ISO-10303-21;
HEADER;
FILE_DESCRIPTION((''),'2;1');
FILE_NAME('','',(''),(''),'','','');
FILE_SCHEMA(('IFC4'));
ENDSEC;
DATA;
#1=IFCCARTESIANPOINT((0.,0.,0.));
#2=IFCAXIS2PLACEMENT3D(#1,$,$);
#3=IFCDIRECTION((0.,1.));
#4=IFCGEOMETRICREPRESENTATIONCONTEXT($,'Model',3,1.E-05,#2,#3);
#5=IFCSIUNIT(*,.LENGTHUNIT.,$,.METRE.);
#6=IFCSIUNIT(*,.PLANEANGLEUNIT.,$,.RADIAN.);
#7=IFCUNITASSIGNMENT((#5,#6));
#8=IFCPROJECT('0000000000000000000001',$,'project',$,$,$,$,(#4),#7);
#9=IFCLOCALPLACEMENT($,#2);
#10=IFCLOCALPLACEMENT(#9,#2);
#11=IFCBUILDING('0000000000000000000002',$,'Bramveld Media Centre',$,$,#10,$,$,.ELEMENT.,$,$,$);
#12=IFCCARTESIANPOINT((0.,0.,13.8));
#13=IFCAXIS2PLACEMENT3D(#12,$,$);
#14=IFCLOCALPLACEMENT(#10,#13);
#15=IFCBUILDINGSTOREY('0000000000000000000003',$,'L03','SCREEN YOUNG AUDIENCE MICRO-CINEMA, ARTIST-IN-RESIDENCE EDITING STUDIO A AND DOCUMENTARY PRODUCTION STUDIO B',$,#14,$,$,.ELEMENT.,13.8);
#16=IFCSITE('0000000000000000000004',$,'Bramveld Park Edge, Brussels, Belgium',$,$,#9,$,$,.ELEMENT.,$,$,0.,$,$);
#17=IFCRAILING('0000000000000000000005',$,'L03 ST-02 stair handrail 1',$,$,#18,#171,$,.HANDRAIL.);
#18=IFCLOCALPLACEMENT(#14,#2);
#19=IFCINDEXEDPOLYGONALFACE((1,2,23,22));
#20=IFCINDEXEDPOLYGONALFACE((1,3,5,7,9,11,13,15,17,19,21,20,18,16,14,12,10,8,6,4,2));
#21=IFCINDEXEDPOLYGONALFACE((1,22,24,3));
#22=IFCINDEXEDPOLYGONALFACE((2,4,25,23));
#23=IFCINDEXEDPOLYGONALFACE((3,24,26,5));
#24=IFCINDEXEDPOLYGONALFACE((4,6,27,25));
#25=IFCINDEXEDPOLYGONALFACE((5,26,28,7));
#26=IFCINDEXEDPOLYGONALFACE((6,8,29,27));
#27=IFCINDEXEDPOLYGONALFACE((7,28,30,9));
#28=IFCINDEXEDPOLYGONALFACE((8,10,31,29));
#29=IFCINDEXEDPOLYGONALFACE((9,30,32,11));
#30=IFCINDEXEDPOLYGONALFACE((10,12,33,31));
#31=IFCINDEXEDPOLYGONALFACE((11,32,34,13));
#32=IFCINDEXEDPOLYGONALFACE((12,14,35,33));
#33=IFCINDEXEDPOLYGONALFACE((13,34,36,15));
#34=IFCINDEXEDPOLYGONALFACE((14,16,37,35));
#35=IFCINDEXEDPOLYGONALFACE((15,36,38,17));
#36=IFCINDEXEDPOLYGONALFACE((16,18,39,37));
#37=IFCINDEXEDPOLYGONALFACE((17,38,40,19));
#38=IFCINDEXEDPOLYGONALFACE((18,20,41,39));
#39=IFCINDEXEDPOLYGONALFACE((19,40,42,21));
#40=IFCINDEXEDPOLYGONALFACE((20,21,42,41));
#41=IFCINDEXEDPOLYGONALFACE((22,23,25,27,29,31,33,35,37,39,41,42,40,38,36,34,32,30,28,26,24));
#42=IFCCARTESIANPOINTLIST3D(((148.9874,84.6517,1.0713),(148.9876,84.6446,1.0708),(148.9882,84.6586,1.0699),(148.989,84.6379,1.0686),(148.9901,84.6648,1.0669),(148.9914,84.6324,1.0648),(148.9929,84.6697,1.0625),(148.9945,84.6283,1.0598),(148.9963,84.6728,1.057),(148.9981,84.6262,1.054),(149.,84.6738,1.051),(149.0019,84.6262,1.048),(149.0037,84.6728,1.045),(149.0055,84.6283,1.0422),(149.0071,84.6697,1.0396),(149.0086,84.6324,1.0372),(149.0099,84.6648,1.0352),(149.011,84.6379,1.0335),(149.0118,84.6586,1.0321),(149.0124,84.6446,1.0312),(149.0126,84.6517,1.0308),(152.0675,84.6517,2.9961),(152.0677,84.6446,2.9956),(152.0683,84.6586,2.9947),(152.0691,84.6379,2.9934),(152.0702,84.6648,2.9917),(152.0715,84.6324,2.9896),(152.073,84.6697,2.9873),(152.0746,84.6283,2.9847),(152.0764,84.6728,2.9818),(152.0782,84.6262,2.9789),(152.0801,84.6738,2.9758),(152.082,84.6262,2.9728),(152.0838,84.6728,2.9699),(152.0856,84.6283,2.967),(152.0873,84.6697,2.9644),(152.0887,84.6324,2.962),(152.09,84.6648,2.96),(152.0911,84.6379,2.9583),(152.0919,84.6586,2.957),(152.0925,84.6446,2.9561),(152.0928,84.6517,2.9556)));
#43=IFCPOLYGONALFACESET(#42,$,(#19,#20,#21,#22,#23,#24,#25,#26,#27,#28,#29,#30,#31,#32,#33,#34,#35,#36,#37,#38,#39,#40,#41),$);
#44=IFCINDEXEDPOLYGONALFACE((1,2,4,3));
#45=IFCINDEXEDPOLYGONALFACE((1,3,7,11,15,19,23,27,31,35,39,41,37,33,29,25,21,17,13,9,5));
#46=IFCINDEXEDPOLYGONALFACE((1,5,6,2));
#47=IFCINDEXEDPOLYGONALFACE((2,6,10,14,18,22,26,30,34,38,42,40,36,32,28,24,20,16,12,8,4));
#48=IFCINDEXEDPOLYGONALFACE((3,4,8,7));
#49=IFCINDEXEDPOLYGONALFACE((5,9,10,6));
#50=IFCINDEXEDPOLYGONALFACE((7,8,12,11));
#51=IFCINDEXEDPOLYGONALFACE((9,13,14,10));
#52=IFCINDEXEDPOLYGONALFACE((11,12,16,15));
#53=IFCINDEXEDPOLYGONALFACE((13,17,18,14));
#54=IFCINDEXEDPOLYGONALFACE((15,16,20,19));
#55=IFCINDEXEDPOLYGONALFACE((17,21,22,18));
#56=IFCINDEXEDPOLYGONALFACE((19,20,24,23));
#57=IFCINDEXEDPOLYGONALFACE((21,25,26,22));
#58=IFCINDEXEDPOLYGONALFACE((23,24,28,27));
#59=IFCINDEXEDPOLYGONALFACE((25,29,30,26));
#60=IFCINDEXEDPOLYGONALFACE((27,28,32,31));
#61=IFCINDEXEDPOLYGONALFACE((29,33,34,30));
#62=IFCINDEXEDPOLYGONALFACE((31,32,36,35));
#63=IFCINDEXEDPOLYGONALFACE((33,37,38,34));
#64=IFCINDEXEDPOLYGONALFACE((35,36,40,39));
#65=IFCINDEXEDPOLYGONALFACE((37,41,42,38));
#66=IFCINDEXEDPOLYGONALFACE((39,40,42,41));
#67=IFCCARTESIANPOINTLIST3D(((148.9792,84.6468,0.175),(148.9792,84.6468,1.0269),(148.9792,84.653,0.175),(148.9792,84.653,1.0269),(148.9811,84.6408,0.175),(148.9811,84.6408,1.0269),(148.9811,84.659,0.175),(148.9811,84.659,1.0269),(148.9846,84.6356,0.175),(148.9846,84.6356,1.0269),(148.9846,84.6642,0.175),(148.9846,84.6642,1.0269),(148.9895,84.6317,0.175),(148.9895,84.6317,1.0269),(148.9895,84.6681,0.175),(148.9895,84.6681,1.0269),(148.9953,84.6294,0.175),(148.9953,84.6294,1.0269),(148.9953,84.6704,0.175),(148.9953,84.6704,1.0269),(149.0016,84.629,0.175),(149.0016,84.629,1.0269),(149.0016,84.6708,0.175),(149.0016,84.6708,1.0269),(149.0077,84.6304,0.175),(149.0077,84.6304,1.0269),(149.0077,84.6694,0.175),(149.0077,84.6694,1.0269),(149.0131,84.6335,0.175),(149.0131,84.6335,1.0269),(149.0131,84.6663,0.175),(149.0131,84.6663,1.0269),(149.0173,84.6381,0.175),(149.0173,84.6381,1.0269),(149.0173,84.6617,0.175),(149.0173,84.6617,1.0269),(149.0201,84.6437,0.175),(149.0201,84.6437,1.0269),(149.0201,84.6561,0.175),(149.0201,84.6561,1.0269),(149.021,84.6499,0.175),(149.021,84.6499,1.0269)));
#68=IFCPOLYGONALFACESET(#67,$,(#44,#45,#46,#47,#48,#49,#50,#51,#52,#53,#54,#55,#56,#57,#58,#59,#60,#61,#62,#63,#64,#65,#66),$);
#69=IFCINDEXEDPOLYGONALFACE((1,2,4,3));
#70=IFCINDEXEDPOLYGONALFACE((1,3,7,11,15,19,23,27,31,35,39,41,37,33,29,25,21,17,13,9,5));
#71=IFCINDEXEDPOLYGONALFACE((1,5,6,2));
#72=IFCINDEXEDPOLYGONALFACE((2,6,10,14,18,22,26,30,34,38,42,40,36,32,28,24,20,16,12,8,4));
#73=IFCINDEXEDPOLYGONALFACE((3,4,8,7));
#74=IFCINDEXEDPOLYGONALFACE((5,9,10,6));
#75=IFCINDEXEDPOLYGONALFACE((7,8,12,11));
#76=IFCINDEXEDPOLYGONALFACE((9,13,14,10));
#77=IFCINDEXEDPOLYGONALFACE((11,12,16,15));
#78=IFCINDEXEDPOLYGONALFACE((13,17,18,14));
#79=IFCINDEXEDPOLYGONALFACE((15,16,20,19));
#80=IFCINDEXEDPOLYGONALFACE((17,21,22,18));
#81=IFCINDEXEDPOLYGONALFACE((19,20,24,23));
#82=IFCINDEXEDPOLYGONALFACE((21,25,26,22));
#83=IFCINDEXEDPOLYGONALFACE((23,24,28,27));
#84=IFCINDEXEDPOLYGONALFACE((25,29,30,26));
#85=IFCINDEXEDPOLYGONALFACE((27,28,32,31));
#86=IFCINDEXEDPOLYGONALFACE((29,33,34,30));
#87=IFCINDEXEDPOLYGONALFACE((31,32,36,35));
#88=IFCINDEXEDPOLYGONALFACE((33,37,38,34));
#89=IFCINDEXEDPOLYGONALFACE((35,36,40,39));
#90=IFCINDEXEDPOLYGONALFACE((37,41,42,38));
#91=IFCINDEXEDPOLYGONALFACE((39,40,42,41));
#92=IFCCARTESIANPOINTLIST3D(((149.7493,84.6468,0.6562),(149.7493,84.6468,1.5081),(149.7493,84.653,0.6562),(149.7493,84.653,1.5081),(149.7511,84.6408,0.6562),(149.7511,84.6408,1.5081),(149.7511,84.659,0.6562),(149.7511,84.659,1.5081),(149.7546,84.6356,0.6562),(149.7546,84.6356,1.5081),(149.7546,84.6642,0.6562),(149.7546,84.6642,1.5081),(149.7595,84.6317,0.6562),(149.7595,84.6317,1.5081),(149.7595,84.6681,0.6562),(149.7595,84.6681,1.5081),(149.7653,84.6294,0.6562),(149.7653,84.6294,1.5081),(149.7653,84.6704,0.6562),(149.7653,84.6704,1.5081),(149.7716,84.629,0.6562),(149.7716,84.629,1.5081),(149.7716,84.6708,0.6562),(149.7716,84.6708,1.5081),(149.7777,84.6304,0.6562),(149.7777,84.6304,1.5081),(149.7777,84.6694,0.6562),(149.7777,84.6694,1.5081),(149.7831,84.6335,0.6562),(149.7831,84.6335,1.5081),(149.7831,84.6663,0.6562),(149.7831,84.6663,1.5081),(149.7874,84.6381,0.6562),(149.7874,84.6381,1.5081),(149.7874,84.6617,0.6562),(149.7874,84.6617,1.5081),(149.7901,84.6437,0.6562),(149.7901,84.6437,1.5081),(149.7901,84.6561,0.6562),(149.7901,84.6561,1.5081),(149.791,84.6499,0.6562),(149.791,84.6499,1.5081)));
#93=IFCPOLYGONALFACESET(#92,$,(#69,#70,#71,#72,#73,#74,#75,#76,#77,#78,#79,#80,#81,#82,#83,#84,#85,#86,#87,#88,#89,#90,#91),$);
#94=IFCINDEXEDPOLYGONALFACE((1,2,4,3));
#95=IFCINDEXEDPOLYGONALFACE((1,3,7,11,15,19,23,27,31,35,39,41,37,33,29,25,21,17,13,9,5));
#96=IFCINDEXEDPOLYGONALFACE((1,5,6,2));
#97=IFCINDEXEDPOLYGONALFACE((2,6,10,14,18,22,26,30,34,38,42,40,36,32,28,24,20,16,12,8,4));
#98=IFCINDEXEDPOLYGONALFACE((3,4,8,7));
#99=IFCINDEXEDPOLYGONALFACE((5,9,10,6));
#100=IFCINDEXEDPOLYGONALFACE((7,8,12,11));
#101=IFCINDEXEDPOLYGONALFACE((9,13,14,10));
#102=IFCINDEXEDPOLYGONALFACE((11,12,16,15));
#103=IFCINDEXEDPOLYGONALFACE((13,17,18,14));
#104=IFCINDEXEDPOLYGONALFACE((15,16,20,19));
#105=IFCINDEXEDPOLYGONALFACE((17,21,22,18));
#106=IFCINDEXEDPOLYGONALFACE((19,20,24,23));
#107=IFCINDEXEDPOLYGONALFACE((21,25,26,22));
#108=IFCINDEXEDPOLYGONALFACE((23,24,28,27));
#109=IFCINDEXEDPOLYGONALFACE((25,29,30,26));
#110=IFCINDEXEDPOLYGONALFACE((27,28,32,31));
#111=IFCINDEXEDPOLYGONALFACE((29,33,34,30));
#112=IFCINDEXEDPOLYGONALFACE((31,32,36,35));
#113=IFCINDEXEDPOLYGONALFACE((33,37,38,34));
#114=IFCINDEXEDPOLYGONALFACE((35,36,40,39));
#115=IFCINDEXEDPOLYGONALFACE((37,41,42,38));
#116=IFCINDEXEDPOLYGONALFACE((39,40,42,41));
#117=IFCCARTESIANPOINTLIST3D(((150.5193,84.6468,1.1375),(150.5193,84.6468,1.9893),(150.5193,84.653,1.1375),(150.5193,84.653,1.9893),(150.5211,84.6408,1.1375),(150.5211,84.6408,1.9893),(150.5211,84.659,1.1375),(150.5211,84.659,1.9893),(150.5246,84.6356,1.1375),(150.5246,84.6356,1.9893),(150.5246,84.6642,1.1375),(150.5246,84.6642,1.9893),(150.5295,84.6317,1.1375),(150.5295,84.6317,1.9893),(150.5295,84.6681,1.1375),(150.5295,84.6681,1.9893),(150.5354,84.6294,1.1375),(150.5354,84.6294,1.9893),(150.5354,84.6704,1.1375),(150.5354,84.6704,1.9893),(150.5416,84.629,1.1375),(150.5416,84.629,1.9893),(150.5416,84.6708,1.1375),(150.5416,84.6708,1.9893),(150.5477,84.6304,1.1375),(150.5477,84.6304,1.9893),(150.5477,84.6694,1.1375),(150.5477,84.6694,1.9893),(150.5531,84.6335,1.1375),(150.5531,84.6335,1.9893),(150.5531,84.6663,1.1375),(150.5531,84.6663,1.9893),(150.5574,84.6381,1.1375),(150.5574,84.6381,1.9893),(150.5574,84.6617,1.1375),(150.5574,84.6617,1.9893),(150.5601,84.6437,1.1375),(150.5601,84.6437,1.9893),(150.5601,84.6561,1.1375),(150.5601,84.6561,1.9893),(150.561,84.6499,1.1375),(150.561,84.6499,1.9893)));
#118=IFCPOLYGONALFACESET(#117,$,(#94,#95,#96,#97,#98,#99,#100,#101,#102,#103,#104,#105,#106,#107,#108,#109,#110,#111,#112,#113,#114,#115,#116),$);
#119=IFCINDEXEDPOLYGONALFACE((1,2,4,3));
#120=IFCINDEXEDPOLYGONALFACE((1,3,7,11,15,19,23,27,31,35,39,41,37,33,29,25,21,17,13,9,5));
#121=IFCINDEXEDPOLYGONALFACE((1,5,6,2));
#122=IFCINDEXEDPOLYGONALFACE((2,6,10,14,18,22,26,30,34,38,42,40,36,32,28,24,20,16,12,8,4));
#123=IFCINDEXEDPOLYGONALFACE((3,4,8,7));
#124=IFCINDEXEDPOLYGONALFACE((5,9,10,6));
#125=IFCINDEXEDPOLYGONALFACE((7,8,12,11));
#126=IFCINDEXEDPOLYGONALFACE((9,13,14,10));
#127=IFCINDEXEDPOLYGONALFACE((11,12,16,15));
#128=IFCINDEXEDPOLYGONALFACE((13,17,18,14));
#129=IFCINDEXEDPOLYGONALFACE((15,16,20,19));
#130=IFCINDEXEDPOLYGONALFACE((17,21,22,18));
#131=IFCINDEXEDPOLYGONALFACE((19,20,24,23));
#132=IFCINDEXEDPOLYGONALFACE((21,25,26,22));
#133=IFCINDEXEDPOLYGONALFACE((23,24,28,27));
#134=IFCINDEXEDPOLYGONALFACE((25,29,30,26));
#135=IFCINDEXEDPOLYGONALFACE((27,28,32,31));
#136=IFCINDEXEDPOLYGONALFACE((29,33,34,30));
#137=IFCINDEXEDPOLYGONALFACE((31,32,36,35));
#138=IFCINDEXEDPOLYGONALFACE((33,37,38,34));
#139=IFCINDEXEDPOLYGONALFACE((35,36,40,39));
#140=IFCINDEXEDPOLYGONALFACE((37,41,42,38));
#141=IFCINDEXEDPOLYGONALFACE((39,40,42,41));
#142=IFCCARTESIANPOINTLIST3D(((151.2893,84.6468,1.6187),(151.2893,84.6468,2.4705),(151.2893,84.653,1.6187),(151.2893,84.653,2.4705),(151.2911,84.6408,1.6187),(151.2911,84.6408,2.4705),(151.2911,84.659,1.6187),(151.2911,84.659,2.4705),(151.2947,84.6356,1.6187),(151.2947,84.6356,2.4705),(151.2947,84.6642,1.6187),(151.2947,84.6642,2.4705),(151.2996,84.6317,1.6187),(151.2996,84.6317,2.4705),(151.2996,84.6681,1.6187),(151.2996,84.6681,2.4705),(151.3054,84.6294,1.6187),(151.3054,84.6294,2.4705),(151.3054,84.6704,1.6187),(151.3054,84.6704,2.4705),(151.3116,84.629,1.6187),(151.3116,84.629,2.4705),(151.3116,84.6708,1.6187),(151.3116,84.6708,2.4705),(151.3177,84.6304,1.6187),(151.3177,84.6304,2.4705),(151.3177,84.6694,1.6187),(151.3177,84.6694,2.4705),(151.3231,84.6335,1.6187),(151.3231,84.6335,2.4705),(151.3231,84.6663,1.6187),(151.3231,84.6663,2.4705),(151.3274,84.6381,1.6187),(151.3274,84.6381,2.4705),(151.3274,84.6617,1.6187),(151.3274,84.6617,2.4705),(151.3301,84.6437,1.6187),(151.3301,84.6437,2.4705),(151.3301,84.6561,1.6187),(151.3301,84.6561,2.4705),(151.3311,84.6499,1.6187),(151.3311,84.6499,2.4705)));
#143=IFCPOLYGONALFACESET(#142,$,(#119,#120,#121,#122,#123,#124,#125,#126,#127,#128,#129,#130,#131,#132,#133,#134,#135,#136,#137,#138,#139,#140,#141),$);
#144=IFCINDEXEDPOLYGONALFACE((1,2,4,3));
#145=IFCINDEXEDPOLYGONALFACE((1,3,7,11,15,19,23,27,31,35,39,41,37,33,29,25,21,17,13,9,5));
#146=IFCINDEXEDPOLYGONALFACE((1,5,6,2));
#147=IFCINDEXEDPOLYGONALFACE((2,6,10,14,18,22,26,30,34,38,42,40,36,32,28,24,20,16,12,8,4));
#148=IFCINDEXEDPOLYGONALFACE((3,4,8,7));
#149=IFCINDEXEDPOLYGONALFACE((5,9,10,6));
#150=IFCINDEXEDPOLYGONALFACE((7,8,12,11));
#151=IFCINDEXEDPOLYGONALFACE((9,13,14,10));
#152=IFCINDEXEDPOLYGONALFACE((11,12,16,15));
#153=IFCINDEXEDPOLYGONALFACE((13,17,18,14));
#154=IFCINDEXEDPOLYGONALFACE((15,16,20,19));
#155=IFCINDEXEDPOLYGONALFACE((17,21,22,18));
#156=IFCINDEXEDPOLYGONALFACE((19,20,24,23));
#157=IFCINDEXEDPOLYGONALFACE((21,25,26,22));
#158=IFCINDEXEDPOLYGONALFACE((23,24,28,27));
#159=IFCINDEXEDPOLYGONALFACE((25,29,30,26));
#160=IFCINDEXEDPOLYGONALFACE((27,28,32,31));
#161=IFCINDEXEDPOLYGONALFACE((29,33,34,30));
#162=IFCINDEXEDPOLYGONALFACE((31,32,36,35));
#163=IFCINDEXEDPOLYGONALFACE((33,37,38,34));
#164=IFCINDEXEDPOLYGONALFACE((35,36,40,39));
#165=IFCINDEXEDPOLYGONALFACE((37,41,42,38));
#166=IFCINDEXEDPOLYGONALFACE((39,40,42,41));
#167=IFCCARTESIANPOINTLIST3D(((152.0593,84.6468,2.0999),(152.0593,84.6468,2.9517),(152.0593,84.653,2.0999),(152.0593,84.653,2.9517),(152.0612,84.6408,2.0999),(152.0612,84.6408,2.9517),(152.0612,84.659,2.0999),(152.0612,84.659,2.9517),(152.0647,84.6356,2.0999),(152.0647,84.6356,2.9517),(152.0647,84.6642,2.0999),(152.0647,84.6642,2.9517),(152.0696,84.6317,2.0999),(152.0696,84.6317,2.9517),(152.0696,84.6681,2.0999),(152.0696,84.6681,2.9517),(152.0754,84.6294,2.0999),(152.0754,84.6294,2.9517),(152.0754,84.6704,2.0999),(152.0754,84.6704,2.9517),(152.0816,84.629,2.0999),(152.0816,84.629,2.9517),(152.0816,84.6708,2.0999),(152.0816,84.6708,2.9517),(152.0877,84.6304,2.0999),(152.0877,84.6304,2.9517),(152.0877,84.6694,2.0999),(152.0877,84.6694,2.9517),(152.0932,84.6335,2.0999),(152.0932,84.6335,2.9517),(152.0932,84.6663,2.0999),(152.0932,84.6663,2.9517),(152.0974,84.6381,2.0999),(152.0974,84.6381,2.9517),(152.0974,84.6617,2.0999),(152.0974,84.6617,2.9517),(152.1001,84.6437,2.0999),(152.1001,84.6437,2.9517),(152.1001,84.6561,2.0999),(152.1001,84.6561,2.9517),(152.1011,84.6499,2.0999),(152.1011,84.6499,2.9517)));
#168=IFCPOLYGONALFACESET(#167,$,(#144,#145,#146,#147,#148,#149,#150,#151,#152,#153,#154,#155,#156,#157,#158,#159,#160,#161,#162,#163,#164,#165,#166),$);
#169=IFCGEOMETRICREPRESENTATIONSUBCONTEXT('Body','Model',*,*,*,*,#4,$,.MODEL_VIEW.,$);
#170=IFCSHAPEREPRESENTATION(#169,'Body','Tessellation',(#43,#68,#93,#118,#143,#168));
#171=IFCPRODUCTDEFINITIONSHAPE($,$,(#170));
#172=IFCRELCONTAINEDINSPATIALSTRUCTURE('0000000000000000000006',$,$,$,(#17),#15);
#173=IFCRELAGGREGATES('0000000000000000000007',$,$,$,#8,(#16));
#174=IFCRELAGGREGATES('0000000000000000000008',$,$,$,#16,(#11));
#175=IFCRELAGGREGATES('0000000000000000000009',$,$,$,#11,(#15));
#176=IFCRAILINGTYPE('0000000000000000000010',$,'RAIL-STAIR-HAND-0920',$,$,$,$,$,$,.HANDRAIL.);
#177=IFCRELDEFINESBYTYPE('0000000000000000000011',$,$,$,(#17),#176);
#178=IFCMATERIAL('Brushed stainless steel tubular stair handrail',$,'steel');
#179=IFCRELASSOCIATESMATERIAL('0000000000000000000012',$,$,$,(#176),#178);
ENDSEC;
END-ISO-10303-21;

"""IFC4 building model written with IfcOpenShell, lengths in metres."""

from ifc_helpers import new_model, si_unit, direction, frame, origin, origin_2d, place, context, subcontext, project, spatial, circle, extrude, material, type_object, element, save


model = new_model("IFC4")

# Units and contexts
model_context = context("Model", 3, precision=1e-05, world=origin(), true_north=direction((0.0, 1.0)))
body_context = subcontext(model_context, "Body", "Model", "MODEL_VIEW")
ifc_project = project(units=[si_unit("LENGTHUNIT", "METRE"), si_unit("PLANEANGLEUNIT", "RADIAN")], contexts=[model_context])

# Site, building, storey
site_placement = place(None, origin())
site = spatial("IfcSite", under=ifc_project, at=site_placement, Name="Bramveld Park Edge, Brussels, Belgium", CompositionType="ELEMENT", RefElevation=0.0)
building_placement = place(site_placement, origin())
building = spatial("IfcBuilding", under=site, at=building_placement, Name="Bramveld Media Centre", CompositionType="ELEMENT")
storey_placement = place(building_placement, frame((0.0, 0.0, 13.8)))
storey = spatial("IfcBuildingStorey", under=building, at=storey_placement, Name="L03", Description="SCREEN YOUNG AUDIENCE MICRO-CINEMA, ARTIST-IN-RESIDENCE EDITING STUDIO A AND DOCUMENTARY PRODUCTION STUDIO B", CompositionType="ELEMENT", Elevation=13.8)

# Railing
ifc_material_1 = material(Name="Brushed stainless steel tubular stair handrail", Category="steel")
railing_type = type_object("IfcRailingType", Name="RAIL-STAIR-HAND-0920", PredefinedType="HANDRAIL", material=ifc_material_1)
railing_placement = place(storey_placement, frame((149.0, 84.6499, 0.175)))
element("IfcRailing", 1, at=railing_placement, inside=storey, type_object=railing_type, Name="L03 ST-02 stair handrail 1", PredefinedType="HANDRAIL", context=body_context, shape_type="SweptSolid", body=[
    extrude(circle(Radius=0.0239, at=origin_2d()), frame((0.0, 0.0, 0.876), z_axis=(0.848029, 0.0, 0.529951), x_axis=(0.0, 1.0, 0.0)), (0.0, 0.0, 1.0), 3.6321),
    extrude(circle(Radius=0.021, at=origin_2d()), origin(), (0.0, 0.0, 1.0), 0.8518),
    extrude(circle(Radius=0.021, at=origin_2d()), frame((0.77, 0.0, 0.4812)), (0.0, 0.0, 1.0), 0.8518),
    extrude(circle(Radius=0.021, at=origin_2d()), frame((1.54, 0.0, 0.9624)), (0.0, 0.0, 1.0), 0.8518),
    extrude(circle(Radius=0.021, at=origin_2d()), frame((2.3101, 0.0, 1.4436)), (0.0, 0.0, 1.0), 0.8518),
    extrude(circle(Radius=0.021, at=origin_2d()), frame((3.0801, 0.0, 1.9248)), (0.0, 0.0, 1.0), 0.8518),
])

save(model, "model.ifc")
